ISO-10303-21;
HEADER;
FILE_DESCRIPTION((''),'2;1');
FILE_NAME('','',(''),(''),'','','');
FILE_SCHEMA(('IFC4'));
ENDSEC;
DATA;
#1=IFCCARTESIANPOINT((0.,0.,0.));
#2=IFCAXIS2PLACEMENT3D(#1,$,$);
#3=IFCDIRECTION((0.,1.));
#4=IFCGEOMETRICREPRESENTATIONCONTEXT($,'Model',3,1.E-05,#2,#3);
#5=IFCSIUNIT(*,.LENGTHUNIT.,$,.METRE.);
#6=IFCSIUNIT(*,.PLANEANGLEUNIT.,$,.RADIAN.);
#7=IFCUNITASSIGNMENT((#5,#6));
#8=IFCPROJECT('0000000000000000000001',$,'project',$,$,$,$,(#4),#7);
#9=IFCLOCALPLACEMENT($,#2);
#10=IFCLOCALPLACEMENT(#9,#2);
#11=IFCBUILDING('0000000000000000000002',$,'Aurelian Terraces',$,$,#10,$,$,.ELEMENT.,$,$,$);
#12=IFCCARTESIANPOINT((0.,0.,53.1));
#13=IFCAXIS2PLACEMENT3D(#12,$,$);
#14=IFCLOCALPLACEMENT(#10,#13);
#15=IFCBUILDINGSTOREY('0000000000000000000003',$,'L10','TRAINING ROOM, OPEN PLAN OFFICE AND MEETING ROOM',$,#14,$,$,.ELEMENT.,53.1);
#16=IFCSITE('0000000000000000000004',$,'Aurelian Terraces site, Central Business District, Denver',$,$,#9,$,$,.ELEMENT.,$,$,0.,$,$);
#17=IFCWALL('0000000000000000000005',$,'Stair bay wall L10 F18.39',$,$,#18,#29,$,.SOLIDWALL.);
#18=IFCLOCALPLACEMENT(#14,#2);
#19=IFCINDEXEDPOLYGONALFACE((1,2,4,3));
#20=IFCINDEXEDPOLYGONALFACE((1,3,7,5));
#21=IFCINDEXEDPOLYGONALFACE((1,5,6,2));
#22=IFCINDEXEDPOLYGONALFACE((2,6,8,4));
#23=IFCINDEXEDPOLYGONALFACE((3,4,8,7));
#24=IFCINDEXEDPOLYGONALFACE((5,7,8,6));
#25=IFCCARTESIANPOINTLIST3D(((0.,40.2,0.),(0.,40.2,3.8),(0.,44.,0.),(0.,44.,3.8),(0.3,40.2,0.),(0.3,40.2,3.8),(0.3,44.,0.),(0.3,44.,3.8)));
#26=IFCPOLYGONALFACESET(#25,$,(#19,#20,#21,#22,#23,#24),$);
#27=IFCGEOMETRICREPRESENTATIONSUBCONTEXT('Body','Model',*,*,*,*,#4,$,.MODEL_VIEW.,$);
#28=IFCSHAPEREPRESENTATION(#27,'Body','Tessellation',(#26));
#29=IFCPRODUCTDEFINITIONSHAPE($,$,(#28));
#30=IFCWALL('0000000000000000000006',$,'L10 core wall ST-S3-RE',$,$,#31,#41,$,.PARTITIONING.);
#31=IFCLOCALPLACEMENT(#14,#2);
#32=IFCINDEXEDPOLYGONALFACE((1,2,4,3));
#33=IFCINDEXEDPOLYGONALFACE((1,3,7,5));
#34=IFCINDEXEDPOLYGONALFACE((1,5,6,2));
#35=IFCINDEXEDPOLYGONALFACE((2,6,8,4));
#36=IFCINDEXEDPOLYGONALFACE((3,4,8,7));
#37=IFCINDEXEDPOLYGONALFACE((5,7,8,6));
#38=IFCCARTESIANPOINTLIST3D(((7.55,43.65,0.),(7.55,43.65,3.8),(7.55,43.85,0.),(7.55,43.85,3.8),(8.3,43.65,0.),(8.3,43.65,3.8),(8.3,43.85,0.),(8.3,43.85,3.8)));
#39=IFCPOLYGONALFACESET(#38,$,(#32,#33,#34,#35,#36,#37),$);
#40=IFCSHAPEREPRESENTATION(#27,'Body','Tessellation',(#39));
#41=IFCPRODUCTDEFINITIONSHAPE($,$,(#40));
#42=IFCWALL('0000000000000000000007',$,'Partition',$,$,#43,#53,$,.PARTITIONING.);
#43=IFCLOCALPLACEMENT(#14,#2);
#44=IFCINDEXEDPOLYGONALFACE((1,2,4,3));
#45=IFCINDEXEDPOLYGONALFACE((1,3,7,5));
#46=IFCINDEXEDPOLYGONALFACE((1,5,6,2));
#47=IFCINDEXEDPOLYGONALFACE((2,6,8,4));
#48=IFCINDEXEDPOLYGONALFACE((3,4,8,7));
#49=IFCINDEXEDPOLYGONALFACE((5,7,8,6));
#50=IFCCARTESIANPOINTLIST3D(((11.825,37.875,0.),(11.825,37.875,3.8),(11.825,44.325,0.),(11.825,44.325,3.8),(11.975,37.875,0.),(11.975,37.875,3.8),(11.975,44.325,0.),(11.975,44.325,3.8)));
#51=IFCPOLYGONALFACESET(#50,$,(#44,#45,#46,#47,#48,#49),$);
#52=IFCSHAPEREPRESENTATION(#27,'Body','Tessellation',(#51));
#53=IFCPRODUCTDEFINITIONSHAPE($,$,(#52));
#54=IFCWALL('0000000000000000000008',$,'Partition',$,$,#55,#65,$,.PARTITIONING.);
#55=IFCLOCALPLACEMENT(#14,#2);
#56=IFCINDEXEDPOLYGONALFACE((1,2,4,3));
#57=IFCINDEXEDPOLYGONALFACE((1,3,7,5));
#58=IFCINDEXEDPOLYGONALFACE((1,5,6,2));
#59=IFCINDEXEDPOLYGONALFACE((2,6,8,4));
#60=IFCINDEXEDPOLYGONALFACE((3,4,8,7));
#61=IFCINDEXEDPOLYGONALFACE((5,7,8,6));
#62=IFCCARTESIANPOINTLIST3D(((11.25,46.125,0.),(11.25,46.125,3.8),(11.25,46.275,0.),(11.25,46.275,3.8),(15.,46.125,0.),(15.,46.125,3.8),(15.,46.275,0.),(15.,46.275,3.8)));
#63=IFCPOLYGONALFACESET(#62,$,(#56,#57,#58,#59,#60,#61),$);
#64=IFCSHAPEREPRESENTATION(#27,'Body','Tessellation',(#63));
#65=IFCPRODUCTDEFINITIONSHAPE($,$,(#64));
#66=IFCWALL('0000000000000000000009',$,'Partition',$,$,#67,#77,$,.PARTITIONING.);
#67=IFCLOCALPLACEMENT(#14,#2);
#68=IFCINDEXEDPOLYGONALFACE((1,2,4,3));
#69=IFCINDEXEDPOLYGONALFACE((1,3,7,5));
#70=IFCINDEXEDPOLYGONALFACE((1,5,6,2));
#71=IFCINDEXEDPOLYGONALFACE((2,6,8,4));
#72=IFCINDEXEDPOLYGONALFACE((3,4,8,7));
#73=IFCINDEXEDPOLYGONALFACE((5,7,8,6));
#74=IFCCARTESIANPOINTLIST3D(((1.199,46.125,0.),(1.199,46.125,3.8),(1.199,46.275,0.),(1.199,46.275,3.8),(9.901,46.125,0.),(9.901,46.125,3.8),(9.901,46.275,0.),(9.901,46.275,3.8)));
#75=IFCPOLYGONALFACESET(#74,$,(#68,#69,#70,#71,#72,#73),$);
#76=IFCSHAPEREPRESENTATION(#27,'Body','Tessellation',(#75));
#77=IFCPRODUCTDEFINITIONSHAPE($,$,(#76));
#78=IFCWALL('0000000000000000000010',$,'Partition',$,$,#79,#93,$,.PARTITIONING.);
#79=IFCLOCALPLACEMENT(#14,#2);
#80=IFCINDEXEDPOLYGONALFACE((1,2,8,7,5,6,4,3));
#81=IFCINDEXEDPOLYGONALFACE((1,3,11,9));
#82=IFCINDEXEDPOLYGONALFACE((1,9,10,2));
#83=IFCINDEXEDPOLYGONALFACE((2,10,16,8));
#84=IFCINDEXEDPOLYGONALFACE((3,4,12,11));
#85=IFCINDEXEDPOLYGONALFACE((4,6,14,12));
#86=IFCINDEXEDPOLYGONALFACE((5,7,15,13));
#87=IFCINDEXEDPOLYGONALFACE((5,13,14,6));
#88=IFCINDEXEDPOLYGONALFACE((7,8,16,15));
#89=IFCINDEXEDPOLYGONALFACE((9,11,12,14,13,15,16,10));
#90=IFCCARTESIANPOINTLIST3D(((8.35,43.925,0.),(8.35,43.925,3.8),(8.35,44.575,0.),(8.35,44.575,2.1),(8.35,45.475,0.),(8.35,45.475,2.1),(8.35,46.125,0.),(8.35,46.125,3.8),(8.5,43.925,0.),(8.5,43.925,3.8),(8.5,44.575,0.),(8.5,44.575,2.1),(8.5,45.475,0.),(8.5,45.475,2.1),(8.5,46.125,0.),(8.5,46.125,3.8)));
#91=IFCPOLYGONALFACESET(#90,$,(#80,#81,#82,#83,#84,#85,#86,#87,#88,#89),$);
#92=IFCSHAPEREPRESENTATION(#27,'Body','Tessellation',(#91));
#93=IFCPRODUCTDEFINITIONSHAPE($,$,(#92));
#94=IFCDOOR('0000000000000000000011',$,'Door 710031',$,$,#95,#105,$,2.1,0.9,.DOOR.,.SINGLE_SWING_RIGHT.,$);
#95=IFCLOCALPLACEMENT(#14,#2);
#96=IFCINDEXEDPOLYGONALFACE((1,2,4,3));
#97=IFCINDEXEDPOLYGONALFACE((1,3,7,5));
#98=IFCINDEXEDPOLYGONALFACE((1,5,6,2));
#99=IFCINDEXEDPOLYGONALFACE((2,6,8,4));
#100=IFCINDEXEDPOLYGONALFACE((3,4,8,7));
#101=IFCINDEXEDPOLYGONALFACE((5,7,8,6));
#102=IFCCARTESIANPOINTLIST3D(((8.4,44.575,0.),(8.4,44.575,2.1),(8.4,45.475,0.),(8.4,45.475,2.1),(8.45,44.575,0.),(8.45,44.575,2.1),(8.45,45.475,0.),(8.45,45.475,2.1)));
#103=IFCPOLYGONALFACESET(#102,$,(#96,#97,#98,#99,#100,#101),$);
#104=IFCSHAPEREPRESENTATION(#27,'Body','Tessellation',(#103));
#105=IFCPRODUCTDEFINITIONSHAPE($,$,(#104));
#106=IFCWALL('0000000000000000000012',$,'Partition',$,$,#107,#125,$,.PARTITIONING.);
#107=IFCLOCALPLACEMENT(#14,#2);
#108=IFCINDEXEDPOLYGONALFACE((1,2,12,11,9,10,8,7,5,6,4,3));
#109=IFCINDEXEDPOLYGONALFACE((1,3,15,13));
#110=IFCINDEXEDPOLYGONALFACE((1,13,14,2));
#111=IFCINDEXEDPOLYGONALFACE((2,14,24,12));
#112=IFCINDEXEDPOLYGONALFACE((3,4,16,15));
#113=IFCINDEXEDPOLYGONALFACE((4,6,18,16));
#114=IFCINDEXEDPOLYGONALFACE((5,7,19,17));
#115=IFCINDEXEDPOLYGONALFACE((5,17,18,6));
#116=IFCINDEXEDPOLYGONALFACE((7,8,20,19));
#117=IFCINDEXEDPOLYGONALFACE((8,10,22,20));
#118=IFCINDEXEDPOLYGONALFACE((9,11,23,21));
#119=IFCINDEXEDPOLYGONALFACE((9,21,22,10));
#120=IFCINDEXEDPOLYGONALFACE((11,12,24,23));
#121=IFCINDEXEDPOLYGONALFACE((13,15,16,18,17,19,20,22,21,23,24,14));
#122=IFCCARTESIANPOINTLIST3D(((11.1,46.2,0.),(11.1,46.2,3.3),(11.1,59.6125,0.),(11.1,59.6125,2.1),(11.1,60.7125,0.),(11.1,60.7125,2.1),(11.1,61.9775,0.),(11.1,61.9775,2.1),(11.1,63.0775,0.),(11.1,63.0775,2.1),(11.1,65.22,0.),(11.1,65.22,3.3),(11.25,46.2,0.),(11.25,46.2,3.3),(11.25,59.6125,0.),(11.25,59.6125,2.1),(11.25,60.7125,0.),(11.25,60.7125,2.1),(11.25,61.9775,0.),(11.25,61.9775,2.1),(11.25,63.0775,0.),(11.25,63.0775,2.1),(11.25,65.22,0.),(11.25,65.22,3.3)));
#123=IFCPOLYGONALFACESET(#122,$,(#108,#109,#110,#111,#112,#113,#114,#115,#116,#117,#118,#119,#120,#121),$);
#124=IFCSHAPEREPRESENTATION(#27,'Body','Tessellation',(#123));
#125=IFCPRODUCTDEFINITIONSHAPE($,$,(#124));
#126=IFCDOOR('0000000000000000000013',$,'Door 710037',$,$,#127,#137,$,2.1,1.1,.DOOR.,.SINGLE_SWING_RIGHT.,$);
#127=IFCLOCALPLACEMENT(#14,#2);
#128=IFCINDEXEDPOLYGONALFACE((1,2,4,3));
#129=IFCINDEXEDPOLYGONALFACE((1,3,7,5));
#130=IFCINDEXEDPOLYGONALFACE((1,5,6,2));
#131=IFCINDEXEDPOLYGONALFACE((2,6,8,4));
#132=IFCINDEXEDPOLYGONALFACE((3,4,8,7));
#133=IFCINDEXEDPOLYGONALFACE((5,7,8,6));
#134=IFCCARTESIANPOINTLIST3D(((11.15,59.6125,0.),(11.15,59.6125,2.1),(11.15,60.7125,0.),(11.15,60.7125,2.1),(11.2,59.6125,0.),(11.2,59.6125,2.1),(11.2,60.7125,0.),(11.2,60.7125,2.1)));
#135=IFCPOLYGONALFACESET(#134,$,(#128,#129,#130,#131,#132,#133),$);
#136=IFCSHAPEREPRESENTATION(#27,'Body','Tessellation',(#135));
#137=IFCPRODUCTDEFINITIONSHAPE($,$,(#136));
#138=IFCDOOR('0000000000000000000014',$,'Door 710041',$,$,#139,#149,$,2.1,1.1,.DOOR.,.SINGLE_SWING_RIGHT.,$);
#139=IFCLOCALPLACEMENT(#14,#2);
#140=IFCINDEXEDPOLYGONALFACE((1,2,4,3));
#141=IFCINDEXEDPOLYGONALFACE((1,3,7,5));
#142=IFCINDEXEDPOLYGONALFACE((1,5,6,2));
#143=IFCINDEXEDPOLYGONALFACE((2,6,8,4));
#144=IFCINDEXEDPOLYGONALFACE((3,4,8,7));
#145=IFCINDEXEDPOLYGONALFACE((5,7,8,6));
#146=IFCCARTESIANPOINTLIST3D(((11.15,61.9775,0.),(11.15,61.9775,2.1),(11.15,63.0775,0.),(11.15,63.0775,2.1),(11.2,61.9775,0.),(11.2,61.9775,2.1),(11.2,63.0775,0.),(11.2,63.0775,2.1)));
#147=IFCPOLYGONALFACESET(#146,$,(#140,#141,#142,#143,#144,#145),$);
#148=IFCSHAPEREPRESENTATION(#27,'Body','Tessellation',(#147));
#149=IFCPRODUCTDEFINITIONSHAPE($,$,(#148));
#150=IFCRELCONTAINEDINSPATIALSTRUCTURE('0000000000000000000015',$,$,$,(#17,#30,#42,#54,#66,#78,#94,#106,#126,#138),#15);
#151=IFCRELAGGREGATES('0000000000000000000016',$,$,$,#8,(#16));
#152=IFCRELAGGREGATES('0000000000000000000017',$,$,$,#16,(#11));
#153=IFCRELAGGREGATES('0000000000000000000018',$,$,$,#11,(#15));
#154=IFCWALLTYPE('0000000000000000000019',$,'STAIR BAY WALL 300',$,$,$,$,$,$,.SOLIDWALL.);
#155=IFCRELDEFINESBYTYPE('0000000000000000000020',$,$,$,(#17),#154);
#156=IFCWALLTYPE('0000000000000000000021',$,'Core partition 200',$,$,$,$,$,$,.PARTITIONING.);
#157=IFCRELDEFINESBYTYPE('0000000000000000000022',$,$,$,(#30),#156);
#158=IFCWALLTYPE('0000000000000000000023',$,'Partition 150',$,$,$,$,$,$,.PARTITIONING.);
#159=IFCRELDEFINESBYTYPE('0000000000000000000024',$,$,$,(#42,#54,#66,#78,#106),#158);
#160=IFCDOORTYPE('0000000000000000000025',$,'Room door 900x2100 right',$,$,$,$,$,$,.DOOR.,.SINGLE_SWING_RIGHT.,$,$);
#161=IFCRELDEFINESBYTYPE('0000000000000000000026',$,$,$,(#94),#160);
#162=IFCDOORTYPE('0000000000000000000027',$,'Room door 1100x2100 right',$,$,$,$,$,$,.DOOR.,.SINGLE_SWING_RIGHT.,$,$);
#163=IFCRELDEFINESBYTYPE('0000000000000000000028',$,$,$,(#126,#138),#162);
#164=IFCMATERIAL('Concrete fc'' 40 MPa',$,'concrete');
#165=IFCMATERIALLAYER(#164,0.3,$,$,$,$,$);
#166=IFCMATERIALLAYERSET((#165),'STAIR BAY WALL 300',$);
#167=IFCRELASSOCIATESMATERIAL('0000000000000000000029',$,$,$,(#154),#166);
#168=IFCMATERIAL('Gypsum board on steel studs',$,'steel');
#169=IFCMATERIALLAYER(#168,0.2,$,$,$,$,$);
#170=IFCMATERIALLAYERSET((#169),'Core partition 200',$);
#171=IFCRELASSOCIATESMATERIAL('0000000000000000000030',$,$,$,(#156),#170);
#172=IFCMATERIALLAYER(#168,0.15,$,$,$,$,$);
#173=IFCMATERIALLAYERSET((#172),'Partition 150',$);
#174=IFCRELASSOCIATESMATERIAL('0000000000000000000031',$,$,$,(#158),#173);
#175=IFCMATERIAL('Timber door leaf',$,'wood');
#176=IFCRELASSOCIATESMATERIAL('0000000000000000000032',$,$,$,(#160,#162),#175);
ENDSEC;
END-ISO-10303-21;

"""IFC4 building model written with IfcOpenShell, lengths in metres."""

from ifc_helpers import new_model, si_unit, direction, frame, frame_2d, origin, place, context, subcontext, project, spatial, rectangle, extrude, source, transform, mapped, material, layer, layer_set, type_object, element, fill, save


model = new_model("IFC4")

# Units and contexts
model_context = context("Model", 3, precision=1e-05, world=origin(), true_north=direction((0.0, 1.0)))
body_context = subcontext(model_context, "Body", "Model", "MODEL_VIEW")
ifc_project = project(units=[si_unit("LENGTHUNIT", "METRE"), si_unit("PLANEANGLEUNIT", "RADIAN")], contexts=[model_context])

# Site, building, storey
site_placement = place(None, origin())
site = spatial("IfcSite", under=ifc_project, at=site_placement, Name="Aurelian Terraces site, Central Business District, Denver", CompositionType="ELEMENT", RefElevation=0.0)
building_placement = place(site_placement, origin())
building = spatial("IfcBuilding", under=site, at=building_placement, Name="Aurelian Terraces", CompositionType="ELEMENT")
storey_placement = place(building_placement, frame((0.0, 0.0, 53.1)))
storey = spatial("IfcBuildingStorey", under=building, at=storey_placement, Name="L10", Description="TRAINING ROOM, OPEN PLAN OFFICE AND MEETING ROOM", CompositionType="ELEMENT", Elevation=53.1)

# Shared definitions
ifc_material_1 = material(Name="Concrete fc' 40 MPa", Category="concrete")

# Walls
ifc_layer_1 = layer(ifc_material_1, 0.3)
ifc_layer_set_1 = layer_set([ifc_layer_1], Name="STAIR BAY WALL 300")
wall_type_1 = type_object("IfcWallType", Name="STAIR BAY WALL 300", PredefinedType="SOLIDWALL", material=ifc_layer_set_1)
shared_shape_1 = source(origin(), body_context, "Body", "SweptSolid", [
    extrude(rectangle(XDim=3.8, YDim=0.3, at=frame_2d((1.9, 0.0))), origin(), (0.0, 0.0, 1.0), 3.8),
])
wall_1_placement = place(storey_placement, frame((0.15, 44.0, 0.0), z_axis=(0.0, 0.0, 1.0), x_axis=(0.0, -1.0, 0.0)))
element("IfcWall", 1, at=wall_1_placement, inside=storey, type_object=wall_type_1, Name="Stair bay wall L10 F18.39", PredefinedType="SOLIDWALL", context=body_context, shape_type="MappedRepresentation", body=[
    mapped(shared_shape_1, transform((0.0, 0.0, 0.0), scale=1.0)),
])
ifc_material_2 = material(Name="Gypsum board on steel studs", Category="steel")
ifc_layer_2 = layer(ifc_material_2, 0.2)
ifc_layer_set_2 = layer_set([ifc_layer_2], Name="Core partition 200")
wall_type_2 = type_object("IfcWallType", Name="Core partition 200", PredefinedType="PARTITIONING", material=ifc_layer_set_2)
shared_shape_2 = source(origin(), body_context, "Body", "SweptSolid", [
    extrude(rectangle(XDim=0.75, YDim=0.2, at=frame_2d((0.375, 0.0))), origin(), (0.0, 0.0, 1.0), 3.8),
])
wall_2_placement = place(storey_placement, frame((7.55, 43.75, 0.0), z_axis=(0.0, 0.0, 1.0), x_axis=(1.0, 0.0, 0.0)))
element("IfcWall", 2, at=wall_2_placement, inside=storey, type_object=wall_type_2, Name="L10 core wall ST-S3-RE", PredefinedType="PARTITIONING", context=body_context, shape_type="MappedRepresentation", body=[
    mapped(shared_shape_2, transform((0.0, 0.0, 0.0), scale=1.0)),
])
ifc_layer_3 = layer(ifc_material_2, 0.15)
ifc_layer_set_3 = layer_set([ifc_layer_3], Name="Partition 150")
wall_type_3 = type_object("IfcWallType", Name="Partition 150", PredefinedType="PARTITIONING", material=ifc_layer_set_3)
shared_shape_3 = source(origin(), body_context, "Body", "SweptSolid", [
    extrude(rectangle(XDim=6.45, YDim=0.15, at=frame_2d((3.225, 0.0))), origin(), (0.0, 0.0, 1.0), 3.8),
])
wall_3_placement = place(storey_placement, frame((11.9, 44.325, 0.0), z_axis=(0.0, 0.0, 1.0), x_axis=(0.0, -1.0, 0.0)))
element("IfcWall", 3, at=wall_3_placement, inside=storey, type_object=wall_type_3, Name="Partition", PredefinedType="PARTITIONING", context=body_context, shape_type="MappedRepresentation", body=[
    mapped(shared_shape_3, transform((0.0, 0.0, 0.0), scale=1.0)),
])
shared_shape_4 = source(origin(), body_context, "Body", "SweptSolid", [
    extrude(rectangle(XDim=3.75, YDim=0.15, at=frame_2d((1.875, 0.0))), origin(), (0.0, 0.0, 1.0), 3.8),
])
wall_4_placement = place(storey_placement, frame((15.0, 46.2, 0.0), z_axis=(0.0, 0.0, 1.0), x_axis=(-1.0, 0.0, 0.0)))
element("IfcWall", 4, at=wall_4_placement, inside=storey, type_object=wall_type_3, Name="Partition", PredefinedType="PARTITIONING", context=body_context, shape_type="MappedRepresentation", body=[
    mapped(shared_shape_4, transform((0.0, 0.0, 0.0), scale=1.0)),
])
shared_shape_5 = source(origin(), body_context, "Body", "SweptSolid", [
    extrude(rectangle(XDim=8.702, YDim=0.15, at=frame_2d((4.351, 0.0))), origin(), (0.0, 0.0, 1.0), 3.8),
])
wall_5_placement = place(storey_placement, frame((9.901, 46.2, 0.0), z_axis=(0.0, 0.0, 1.0), x_axis=(-1.0, 0.0, 0.0)))
element("IfcWall", 5, at=wall_5_placement, inside=storey, type_object=wall_type_3, Name="Partition", PredefinedType="PARTITIONING", context=body_context, shape_type="MappedRepresentation", body=[
    mapped(shared_shape_5, transform((0.0, 0.0, 0.0), scale=1.0)),
])

# Wall, opening, door
shared_shape_6 = source(origin(), body_context, "Body", "SweptSolid", [
    extrude(rectangle(XDim=2.2, YDim=0.15, at=frame_2d((1.1, 0.0))), origin(), (0.0, 0.0, 1.0), 3.8),
])
wall_6_placement = place(storey_placement, frame((8.425, 43.925, 0.0), z_axis=(0.0, 0.0, 1.0), x_axis=(0.0, 1.0, 0.0)))
wall_6 = element("IfcWall", 6, at=wall_6_placement, inside=storey, type_object=wall_type_3, Name="Partition", PredefinedType="PARTITIONING", context=body_context, shape_type="MappedRepresentation", body=[
    mapped(shared_shape_6, transform((0.0, 0.0, 0.0), scale=1.0)),
])
shared_shape_7 = source(origin(), body_context, "Body", "SweptSolid", [
    extrude(rectangle(XDim=0.9, YDim=2.1, at=frame_2d((0.45, 1.05))), frame((0.0, 0.085, 0.0), z_axis=(0.0, -1.0, 0.0), x_axis=(1.0, 0.0, 0.0)), (0.0, 0.0, 1.0), 0.17),
])
opening_1_placement = place(wall_6_placement, frame((0.65, 0.0, 0.0)))
opening_1 = element("IfcOpeningElement", 7, at=opening_1_placement, cuts=wall_6, PredefinedType="OPENING", context=body_context, shape_type="MappedRepresentation", body=[
    mapped(shared_shape_7, transform((0.0, 0.0, 0.0), scale=1.0)),
])
ifc_material_3 = material(Name="Timber door leaf", Category="wood")
door_type_1 = type_object("IfcDoorType", Name="Room door 900x2100 right", OperationType="SINGLE_SWING_RIGHT", PredefinedType="DOOR", material=ifc_material_3)
shared_shape_8 = source(origin(), body_context, "Body", "SweptSolid", [
    extrude(rectangle(XDim=0.9, YDim=2.1, at=frame_2d((0.45, 1.05))), frame((0.0, 0.025, 0.0), z_axis=(0.0, -1.0, 0.0), x_axis=(1.0, 0.0, 0.0)), (0.0, 0.0, 1.0), 0.05),
])
door_1_placement = place(opening_1_placement, origin())
door_1 = element("IfcDoor", 8, at=door_1_placement, inside=storey, type_object=door_type_1, Name="Door 710031", OperationType="SINGLE_SWING_RIGHT", OverallHeight=2.1, OverallWidth=0.9, PredefinedType="DOOR", context=body_context, shape_type="MappedRepresentation", body=[
    mapped(shared_shape_8, transform((0.0, 0.0, 0.0), scale=1.0)),
])
fill(opening_1, door_1)

# Wall, openings, doors
shared_shape_9 = source(origin(), body_context, "Body", "SweptSolid", [
    extrude(rectangle(XDim=19.02, YDim=0.15, at=frame_2d((9.51, 0.0))), origin(), (0.0, 0.0, 1.0), 3.3),
])
wall_7_placement = place(storey_placement, frame((11.175, 46.2, 0.0), z_axis=(0.0, 0.0, 1.0), x_axis=(0.0, 1.0, 0.0)))
wall_7 = element("IfcWall", 9, at=wall_7_placement, inside=storey, type_object=wall_type_3, Name="Partition", PredefinedType="PARTITIONING", context=body_context, shape_type="MappedRepresentation", body=[
    mapped(shared_shape_9, transform((0.0, 0.0, 0.0), scale=1.0)),
])
shared_shape_10 = source(origin(), body_context, "Body", "SweptSolid", [
    extrude(rectangle(XDim=1.1, YDim=2.1, at=frame_2d((0.55, 1.05))), frame((0.0, 0.085, 0.0), z_axis=(0.0, -1.0, 0.0), x_axis=(1.0, 0.0, 0.0)), (0.0, 0.0, 1.0), 0.17),
])
opening_2_placement = place(wall_7_placement, frame((13.4125, 0.0, 0.0)))
opening_2 = element("IfcOpeningElement", 10, at=opening_2_placement, cuts=wall_7, PredefinedType="OPENING", context=body_context, shape_type="MappedRepresentation", body=[
    mapped(shared_shape_10, transform((0.0, 0.0, 0.0), scale=1.0)),
])
opening_3_placement = place(wall_7_placement, frame((15.7775, 0.0, 0.0)))
opening_3 = element("IfcOpeningElement", 11, at=opening_3_placement, cuts=wall_7, PredefinedType="OPENING", context=body_context, shape_type="MappedRepresentation", body=[
    mapped(shared_shape_10, transform((0.0, 0.0, 0.0), scale=1.0)),
])
door_type_2 = type_object("IfcDoorType", Name="Room door 1100x2100 right", OperationType="SINGLE_SWING_RIGHT", PredefinedType="DOOR", material=ifc_material_3)
shared_shape_11 = source(origin(), body_context, "Body", "SweptSolid", [
    extrude(rectangle(XDim=1.1, YDim=2.1, at=frame_2d((0.55, 1.05))), frame((0.0, 0.025, 0.0), z_axis=(0.0, -1.0, 0.0), x_axis=(1.0, 0.0, 0.0)), (0.0, 0.0, 1.0), 0.05),
])
door_2_placement = place(opening_2_placement, origin())
door_2 = element("IfcDoor", 12, at=door_2_placement, inside=storey, type_object=door_type_2, Name="Door 710037", OperationType="SINGLE_SWING_RIGHT", OverallHeight=2.1, OverallWidth=1.1, PredefinedType="DOOR", context=body_context, shape_type="MappedRepresentation", body=[
    mapped(shared_shape_11, transform((0.0, 0.0, 0.0), scale=1.0)),
])
fill(opening_2, door_2)
door_3_placement = place(opening_3_placement, origin())
door_3 = element("IfcDoor", 13, at=door_3_placement, inside=storey, type_object=door_type_2, Name="Door 710041", OperationType="SINGLE_SWING_RIGHT", OverallHeight=2.1, OverallWidth=1.1, PredefinedType="DOOR", context=body_context, shape_type="MappedRepresentation", body=[
    mapped(shared_shape_11, transform((0.0, 0.0, 0.0), scale=1.0)),
])
fill(opening_3, door_3)

save(model, "model.ifc")
